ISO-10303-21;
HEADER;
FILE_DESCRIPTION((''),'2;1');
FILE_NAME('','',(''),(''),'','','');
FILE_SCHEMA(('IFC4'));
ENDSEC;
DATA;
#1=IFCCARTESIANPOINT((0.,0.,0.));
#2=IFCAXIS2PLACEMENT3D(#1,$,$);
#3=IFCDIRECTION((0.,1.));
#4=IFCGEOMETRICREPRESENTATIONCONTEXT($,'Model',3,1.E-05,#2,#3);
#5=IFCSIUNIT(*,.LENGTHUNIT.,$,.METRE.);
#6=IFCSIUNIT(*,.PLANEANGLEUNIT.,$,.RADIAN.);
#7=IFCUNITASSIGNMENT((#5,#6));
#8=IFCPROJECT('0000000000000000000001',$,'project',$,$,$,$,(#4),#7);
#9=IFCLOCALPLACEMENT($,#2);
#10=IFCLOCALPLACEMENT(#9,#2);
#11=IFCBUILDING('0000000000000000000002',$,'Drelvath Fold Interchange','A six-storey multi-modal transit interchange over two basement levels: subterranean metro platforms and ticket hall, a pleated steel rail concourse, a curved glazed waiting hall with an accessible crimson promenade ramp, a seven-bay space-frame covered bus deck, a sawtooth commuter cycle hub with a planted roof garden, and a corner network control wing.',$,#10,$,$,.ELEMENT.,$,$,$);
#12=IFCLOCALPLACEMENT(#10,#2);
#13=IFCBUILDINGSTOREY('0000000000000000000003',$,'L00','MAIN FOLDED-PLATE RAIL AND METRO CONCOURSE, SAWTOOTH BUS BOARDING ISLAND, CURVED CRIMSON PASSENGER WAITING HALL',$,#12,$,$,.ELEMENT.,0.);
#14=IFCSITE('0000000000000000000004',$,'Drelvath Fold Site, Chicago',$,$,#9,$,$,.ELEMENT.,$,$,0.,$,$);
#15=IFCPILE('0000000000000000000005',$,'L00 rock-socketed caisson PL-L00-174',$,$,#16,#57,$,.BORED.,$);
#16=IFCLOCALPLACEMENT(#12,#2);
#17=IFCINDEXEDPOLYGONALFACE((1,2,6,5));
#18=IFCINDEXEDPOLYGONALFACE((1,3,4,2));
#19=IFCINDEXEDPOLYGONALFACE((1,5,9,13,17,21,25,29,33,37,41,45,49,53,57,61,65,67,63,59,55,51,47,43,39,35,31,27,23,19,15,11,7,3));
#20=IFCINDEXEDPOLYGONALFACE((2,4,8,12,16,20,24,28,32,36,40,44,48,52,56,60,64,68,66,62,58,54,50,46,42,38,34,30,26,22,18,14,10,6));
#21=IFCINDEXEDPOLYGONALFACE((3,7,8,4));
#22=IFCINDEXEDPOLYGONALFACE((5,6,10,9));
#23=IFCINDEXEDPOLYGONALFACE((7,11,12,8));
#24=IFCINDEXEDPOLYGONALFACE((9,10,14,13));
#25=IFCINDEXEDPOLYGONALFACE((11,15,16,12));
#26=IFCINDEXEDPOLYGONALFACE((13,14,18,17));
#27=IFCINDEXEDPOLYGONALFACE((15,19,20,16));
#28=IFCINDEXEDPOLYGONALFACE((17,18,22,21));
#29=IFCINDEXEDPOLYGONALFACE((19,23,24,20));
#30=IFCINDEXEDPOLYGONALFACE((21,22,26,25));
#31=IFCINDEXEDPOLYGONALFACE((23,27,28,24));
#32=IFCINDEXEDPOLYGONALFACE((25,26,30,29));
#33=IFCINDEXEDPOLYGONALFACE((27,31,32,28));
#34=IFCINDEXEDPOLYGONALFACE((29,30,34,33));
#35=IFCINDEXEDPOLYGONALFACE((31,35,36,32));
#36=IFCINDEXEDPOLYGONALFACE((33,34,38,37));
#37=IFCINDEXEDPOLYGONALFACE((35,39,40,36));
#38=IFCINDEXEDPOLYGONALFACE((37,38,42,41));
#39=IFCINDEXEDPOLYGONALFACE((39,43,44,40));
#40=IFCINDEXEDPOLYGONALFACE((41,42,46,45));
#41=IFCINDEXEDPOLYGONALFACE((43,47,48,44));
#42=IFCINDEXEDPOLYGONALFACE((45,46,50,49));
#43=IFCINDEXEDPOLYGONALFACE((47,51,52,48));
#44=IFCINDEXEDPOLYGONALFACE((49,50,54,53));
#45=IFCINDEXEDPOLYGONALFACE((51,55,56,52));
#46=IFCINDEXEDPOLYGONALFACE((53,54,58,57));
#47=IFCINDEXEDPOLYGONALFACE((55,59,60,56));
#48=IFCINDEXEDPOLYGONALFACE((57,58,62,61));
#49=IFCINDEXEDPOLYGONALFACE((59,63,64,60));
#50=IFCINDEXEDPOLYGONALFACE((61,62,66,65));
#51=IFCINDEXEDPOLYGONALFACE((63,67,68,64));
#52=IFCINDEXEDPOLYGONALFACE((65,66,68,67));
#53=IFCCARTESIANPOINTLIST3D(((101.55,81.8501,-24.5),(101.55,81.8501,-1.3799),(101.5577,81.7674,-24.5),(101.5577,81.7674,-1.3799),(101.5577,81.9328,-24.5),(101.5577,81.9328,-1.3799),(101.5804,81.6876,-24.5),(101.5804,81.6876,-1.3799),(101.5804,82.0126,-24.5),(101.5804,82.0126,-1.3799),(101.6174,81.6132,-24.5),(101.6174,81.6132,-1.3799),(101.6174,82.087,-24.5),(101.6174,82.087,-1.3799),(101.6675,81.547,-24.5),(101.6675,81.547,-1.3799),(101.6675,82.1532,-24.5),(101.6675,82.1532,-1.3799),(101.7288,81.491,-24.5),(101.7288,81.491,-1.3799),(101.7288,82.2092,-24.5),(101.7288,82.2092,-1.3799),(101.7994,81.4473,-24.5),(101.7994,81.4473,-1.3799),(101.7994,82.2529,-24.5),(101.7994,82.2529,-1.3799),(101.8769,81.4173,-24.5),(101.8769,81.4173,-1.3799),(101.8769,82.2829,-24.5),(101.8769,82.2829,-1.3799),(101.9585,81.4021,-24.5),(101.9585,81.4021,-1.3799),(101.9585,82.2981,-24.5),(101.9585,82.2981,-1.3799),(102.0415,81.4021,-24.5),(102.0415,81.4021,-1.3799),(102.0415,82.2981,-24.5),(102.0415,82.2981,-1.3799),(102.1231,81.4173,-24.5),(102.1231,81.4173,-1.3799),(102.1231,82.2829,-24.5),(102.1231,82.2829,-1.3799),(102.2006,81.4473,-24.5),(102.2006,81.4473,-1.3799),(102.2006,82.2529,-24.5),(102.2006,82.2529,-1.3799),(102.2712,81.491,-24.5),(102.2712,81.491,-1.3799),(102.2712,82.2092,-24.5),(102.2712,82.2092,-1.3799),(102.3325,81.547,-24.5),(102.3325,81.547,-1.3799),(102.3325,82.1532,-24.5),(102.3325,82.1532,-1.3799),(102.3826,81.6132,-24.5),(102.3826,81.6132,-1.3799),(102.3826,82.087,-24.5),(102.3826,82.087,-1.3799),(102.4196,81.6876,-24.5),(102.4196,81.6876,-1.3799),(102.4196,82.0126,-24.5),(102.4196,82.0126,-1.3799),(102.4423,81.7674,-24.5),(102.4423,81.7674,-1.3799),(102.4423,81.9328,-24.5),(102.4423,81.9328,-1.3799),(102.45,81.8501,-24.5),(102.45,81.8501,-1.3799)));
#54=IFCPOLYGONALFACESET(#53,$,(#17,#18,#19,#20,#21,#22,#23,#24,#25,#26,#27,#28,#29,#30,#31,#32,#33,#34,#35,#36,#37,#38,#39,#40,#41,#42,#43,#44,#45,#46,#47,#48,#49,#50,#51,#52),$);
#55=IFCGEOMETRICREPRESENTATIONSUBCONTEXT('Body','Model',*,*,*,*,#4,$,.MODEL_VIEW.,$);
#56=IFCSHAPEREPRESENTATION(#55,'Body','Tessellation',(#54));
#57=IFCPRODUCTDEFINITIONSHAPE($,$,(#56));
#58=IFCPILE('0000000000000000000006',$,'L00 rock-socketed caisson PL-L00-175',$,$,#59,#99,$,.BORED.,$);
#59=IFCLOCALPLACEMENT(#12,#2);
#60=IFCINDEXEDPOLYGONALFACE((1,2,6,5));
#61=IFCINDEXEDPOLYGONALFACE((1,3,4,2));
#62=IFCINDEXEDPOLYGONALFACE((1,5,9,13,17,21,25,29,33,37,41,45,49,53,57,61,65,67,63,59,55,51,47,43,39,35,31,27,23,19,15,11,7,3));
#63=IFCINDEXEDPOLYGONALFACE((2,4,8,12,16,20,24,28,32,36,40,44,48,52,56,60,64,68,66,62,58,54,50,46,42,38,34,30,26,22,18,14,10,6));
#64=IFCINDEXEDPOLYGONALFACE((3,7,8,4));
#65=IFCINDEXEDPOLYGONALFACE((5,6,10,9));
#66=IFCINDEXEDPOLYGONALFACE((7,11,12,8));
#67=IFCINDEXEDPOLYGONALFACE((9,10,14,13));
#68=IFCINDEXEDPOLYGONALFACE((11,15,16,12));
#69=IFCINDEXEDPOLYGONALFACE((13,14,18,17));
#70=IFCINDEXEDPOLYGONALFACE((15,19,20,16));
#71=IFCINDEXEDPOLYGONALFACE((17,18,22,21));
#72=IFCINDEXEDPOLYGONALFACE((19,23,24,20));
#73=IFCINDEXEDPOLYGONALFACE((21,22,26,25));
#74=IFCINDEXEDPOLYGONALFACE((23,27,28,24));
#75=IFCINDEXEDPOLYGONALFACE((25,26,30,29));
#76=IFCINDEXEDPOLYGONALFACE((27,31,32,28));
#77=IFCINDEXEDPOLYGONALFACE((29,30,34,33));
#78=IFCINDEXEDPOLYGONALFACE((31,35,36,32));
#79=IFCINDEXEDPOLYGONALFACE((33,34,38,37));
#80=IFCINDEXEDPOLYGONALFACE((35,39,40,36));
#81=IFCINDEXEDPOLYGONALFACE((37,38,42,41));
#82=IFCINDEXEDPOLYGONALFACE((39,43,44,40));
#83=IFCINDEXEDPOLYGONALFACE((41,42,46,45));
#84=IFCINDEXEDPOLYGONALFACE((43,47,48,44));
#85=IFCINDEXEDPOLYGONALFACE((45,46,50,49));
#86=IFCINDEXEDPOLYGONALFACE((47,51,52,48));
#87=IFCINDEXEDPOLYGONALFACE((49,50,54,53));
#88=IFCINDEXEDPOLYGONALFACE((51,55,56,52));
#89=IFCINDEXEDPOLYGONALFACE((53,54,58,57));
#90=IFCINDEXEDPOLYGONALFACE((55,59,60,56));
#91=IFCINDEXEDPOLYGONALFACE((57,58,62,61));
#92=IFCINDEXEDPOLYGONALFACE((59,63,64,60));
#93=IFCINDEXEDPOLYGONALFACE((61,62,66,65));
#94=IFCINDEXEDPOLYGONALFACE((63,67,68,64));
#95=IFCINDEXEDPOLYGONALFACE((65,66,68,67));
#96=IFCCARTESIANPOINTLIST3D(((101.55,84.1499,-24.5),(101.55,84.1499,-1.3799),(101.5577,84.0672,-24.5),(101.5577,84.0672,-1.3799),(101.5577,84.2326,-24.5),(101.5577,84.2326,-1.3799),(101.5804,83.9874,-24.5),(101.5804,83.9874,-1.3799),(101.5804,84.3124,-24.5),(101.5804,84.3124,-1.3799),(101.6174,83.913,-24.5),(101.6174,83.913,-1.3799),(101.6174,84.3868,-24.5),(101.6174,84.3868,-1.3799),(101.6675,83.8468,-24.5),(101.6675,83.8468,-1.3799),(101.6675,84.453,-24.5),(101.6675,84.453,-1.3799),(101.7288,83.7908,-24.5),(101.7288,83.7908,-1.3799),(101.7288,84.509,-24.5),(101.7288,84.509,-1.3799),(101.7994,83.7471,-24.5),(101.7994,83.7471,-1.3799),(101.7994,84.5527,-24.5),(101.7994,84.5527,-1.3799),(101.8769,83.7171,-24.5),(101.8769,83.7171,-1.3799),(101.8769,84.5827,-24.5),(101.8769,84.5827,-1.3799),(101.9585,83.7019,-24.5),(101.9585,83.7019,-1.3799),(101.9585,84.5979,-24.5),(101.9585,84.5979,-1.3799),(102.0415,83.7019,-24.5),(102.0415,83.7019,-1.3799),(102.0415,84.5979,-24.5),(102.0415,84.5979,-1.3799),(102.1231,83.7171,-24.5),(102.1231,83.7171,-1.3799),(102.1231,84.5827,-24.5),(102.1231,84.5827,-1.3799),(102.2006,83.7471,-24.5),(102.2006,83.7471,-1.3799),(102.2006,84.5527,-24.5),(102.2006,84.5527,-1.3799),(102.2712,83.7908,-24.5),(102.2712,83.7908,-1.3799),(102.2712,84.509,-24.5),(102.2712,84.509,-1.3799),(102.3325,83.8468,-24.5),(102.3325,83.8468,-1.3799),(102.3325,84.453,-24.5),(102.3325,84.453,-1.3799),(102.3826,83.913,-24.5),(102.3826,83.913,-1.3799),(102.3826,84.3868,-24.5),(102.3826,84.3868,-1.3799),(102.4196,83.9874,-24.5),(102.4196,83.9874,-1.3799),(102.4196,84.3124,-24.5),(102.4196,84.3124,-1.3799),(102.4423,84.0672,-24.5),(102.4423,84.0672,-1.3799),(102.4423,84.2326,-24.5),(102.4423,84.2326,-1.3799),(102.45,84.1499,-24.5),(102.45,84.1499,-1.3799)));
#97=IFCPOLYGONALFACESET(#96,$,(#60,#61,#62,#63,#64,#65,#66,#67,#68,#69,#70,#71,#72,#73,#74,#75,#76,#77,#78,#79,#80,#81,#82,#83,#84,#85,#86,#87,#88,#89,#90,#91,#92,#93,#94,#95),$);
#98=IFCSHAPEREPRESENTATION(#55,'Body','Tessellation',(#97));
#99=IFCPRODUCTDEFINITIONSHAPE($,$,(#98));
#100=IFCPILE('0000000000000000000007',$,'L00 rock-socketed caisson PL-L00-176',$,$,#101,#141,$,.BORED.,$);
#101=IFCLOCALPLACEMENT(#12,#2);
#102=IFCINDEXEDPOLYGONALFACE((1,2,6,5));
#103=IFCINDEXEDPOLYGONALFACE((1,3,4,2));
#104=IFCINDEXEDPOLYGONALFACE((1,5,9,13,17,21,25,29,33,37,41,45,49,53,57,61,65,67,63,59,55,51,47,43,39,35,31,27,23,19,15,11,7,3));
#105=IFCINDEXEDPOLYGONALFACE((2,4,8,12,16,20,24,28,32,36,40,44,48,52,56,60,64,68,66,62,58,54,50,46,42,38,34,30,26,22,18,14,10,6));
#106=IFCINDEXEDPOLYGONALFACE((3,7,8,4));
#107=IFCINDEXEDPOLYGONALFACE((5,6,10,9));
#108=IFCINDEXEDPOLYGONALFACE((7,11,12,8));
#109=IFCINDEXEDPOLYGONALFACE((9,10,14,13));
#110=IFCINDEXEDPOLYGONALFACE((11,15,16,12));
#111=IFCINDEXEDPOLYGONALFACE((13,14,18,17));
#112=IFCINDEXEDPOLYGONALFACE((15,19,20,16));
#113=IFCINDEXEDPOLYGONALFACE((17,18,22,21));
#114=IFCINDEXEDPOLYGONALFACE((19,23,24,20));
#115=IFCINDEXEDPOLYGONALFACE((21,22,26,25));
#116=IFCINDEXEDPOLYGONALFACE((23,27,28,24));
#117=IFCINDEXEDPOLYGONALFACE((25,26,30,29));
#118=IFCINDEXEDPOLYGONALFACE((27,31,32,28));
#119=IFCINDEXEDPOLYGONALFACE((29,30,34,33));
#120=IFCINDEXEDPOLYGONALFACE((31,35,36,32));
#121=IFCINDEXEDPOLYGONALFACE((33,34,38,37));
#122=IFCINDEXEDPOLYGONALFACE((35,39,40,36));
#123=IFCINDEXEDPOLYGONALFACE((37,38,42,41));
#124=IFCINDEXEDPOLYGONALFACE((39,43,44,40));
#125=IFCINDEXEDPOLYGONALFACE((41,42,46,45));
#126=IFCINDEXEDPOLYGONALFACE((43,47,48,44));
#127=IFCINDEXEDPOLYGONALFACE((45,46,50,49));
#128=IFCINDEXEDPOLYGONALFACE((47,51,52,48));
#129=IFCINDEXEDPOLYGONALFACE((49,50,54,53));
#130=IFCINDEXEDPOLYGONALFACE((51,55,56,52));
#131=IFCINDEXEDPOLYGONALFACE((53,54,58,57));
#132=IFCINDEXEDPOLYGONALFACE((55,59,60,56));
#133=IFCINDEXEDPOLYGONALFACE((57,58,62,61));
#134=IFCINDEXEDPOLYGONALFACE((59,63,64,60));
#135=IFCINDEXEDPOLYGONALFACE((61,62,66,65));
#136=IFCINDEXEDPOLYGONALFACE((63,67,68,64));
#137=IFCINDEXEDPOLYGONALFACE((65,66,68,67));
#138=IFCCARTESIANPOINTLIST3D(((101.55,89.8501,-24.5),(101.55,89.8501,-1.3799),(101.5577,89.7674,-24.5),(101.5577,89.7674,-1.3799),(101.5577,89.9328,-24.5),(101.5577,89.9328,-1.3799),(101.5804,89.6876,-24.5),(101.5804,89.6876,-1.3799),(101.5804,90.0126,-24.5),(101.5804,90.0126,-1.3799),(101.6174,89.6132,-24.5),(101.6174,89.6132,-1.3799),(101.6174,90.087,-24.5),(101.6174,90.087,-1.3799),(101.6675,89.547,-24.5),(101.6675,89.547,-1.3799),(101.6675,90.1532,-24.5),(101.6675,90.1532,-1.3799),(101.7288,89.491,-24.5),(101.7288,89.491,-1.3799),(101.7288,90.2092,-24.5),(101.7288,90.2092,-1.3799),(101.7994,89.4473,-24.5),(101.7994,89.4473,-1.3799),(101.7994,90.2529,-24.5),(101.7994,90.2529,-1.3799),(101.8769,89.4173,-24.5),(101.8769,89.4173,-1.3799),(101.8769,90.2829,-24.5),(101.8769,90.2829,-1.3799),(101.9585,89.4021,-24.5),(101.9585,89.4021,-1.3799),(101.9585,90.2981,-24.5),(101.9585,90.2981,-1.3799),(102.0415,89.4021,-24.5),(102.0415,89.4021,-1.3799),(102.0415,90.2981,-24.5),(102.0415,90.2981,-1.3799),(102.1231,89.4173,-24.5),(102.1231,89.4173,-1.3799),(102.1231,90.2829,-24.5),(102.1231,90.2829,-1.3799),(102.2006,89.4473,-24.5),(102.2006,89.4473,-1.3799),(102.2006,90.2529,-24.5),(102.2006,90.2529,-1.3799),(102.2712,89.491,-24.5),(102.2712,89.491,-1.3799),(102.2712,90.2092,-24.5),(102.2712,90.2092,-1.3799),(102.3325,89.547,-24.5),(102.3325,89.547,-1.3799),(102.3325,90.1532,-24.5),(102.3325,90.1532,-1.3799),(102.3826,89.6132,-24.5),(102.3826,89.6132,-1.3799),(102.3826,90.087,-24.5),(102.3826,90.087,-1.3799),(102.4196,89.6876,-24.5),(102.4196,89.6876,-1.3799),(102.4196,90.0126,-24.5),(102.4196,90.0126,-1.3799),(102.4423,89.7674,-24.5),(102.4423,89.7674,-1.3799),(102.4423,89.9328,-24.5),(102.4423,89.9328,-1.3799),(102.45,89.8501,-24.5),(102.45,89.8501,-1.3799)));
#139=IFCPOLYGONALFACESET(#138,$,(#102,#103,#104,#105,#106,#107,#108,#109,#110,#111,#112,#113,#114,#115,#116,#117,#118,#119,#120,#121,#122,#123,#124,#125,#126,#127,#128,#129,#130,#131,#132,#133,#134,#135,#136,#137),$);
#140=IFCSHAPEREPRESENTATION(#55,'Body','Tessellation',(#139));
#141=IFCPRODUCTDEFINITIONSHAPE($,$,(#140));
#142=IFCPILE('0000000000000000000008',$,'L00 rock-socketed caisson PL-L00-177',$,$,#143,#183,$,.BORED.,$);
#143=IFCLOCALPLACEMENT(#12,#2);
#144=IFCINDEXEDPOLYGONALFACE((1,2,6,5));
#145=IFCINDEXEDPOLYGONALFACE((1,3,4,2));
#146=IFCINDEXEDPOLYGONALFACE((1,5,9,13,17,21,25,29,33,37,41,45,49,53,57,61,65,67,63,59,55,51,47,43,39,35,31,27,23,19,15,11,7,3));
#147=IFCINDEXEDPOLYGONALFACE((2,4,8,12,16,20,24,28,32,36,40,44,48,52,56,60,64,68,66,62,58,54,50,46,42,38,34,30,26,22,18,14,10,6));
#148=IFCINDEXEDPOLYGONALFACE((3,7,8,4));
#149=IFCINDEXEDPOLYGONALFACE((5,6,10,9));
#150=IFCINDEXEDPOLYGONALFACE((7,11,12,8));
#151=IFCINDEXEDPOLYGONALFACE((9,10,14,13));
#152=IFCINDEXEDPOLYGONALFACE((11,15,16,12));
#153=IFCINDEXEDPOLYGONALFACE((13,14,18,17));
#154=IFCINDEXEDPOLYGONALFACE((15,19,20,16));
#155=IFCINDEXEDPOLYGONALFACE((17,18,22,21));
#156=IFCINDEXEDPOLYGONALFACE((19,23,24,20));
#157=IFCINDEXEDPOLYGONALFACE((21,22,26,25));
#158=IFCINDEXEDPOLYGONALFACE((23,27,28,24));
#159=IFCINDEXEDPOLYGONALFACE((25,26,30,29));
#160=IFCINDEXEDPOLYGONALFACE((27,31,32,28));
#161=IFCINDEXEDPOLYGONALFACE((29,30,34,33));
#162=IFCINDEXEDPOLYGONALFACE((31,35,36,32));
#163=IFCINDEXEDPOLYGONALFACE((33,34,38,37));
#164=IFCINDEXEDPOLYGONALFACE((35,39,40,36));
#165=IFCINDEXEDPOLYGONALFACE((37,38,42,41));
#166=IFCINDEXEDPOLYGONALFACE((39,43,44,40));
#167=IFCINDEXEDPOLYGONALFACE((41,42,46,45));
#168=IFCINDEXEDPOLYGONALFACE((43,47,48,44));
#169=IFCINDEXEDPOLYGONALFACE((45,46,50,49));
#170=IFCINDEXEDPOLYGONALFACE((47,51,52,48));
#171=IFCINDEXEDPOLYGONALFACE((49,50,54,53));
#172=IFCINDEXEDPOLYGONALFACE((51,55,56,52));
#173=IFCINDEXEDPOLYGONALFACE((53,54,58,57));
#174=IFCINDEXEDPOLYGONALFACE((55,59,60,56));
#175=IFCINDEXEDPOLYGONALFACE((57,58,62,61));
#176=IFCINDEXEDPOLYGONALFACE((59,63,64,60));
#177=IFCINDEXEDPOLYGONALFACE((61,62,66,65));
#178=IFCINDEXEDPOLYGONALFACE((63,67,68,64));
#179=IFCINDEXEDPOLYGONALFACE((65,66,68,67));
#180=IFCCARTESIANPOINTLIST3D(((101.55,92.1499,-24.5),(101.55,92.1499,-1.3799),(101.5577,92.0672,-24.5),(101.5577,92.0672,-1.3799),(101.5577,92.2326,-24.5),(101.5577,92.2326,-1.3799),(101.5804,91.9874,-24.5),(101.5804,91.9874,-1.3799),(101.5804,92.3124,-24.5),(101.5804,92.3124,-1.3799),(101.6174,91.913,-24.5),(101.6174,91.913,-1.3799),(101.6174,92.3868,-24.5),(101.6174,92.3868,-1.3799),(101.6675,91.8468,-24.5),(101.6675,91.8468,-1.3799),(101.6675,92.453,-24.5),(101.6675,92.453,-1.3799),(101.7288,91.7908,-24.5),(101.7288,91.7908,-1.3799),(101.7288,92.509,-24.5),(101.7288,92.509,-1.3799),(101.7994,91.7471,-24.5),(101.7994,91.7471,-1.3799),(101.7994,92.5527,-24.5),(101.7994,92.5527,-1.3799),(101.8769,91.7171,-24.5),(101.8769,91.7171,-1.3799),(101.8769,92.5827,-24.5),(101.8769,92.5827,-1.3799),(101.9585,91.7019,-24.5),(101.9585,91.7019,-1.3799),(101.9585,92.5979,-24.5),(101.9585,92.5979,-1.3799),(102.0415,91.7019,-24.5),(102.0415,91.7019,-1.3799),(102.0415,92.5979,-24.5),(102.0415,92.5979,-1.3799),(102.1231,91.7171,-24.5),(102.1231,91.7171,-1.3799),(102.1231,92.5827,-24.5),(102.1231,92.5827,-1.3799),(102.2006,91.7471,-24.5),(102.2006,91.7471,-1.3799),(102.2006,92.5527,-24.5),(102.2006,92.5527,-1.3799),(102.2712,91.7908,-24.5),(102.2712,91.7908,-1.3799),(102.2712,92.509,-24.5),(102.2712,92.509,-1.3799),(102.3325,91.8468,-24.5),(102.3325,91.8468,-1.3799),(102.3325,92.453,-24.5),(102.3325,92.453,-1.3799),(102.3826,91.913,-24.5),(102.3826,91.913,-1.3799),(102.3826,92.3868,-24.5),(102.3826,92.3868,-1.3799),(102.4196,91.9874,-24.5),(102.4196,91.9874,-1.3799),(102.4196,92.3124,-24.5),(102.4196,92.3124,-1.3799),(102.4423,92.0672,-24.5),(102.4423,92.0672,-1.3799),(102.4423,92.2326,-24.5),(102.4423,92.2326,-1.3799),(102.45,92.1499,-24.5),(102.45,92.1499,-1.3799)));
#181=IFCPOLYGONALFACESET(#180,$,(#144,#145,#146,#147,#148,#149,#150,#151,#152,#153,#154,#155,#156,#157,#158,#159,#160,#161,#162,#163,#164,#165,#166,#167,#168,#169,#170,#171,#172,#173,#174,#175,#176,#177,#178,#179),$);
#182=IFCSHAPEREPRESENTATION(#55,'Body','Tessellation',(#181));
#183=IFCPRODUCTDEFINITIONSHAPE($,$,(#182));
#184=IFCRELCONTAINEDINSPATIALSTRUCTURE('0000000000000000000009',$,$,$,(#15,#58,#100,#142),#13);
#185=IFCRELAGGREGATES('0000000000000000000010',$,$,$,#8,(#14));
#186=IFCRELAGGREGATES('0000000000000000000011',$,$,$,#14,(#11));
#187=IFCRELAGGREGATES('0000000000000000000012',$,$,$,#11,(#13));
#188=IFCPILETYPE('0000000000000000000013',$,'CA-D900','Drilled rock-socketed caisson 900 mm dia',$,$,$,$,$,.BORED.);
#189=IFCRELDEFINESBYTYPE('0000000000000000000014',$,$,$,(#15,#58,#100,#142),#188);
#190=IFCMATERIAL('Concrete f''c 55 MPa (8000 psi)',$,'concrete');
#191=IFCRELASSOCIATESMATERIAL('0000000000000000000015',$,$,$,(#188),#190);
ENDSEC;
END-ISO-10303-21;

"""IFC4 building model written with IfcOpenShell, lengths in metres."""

from ifc_helpers import new_model, si_unit, direction, frame, origin, origin_2d, place, context, subcontext, project, spatial, circle, extrude, material, material_profile, profile_set, type_object, element, save


model = new_model("IFC4")

# Units and contexts
model_context = context("Model", 3, precision=1e-05, world=origin(), true_north=direction((0.0, 1.0)))
body_context = subcontext(model_context, "Body", "Model", "MODEL_VIEW")
ifc_project = project(units=[si_unit("LENGTHUNIT", "METRE"), si_unit("PLANEANGLEUNIT", "RADIAN")], contexts=[model_context])

# Site, building, storey
site_placement = place(None, origin())
site = spatial("IfcSite", under=ifc_project, at=site_placement, Name="Drelvath Fold Site, Chicago", CompositionType="ELEMENT", RefElevation=0.0)
building_placement = place(site_placement, origin())
building = spatial("IfcBuilding", under=site, at=building_placement, Name="Drelvath Fold Interchange", Description="A six-storey multi-modal transit interchange over two basement levels: subterranean metro platforms and ticket hall, a pleated steel rail concourse, a curved glazed waiting hall with an accessible crimson promenade ramp, a seven-bay space-frame covered bus deck, a sawtooth commuter cycle hub with a planted roof garden, and a corner network control wing.", CompositionType="ELEMENT")
storey_placement = place(building_placement, origin())
storey = spatial("IfcBuildingStorey", under=building, at=storey_placement, Name="L00", Description="MAIN FOLDED-PLATE RAIL AND METRO CONCOURSE, SAWTOOTH BUS BOARDING ISLAND, CURVED CRIMSON PASSENGER WAITING HALL", CompositionType="ELEMENT", Elevation=0.0)

# Piles
ifc_material_1 = material(Name="Concrete f'c 55 MPa (8000 psi)", Category="concrete")
ifc_material_profile_1 = material_profile(ifc_material_1, circle(Radius=0.45, at=origin_2d()), Name="CAISSON D900")
ifc_profile_set_1 = profile_set([ifc_material_profile_1], Name="Concrete f'c 55 MPa (8000 psi)")
pile_type = type_object("IfcPileType", Name="CA-D900", Description="Drilled rock-socketed caisson 900 mm dia", PredefinedType="BORED", material=ifc_profile_set_1)
for number, where, z_axis, x_axis, name in (
    (1, (102.0, 81.8501, -1.3799), (0.0, 0.0, -1.0), (1.0, 0.0, 0.0), "L00 rock-socketed caisson PL-L00-174"),
    (2, (102.0, 84.1499, -1.3799), (0.0, 0.0, -1.0), (1.0, 0.0, 0.0), "L00 rock-socketed caisson PL-L00-175"),
    (3, (102.0, 89.8501, -1.3799), (0.0, 0.0, -1.0), (1.0, 0.0, 0.0), "L00 rock-socketed caisson PL-L00-176"),
    (4, (102.0, 92.1499, -1.3799), (0.0, 0.0, -1.0), (1.0, 0.0, 0.0), "L00 rock-socketed caisson PL-L00-177"),
):
    element("IfcPile", number, at=place(storey_placement, frame(where, z_axis=z_axis, x_axis=x_axis)), inside=storey, type_object=pile_type, Name=name, PredefinedType="BORED", context=body_context, shape_type="SweptSolid", body=[
        extrude(circle(Radius=0.45, at=origin_2d()), origin(), (0.0, 0.0, 1.0), 23.1201),
    ])

save(model, "model.ifc")
